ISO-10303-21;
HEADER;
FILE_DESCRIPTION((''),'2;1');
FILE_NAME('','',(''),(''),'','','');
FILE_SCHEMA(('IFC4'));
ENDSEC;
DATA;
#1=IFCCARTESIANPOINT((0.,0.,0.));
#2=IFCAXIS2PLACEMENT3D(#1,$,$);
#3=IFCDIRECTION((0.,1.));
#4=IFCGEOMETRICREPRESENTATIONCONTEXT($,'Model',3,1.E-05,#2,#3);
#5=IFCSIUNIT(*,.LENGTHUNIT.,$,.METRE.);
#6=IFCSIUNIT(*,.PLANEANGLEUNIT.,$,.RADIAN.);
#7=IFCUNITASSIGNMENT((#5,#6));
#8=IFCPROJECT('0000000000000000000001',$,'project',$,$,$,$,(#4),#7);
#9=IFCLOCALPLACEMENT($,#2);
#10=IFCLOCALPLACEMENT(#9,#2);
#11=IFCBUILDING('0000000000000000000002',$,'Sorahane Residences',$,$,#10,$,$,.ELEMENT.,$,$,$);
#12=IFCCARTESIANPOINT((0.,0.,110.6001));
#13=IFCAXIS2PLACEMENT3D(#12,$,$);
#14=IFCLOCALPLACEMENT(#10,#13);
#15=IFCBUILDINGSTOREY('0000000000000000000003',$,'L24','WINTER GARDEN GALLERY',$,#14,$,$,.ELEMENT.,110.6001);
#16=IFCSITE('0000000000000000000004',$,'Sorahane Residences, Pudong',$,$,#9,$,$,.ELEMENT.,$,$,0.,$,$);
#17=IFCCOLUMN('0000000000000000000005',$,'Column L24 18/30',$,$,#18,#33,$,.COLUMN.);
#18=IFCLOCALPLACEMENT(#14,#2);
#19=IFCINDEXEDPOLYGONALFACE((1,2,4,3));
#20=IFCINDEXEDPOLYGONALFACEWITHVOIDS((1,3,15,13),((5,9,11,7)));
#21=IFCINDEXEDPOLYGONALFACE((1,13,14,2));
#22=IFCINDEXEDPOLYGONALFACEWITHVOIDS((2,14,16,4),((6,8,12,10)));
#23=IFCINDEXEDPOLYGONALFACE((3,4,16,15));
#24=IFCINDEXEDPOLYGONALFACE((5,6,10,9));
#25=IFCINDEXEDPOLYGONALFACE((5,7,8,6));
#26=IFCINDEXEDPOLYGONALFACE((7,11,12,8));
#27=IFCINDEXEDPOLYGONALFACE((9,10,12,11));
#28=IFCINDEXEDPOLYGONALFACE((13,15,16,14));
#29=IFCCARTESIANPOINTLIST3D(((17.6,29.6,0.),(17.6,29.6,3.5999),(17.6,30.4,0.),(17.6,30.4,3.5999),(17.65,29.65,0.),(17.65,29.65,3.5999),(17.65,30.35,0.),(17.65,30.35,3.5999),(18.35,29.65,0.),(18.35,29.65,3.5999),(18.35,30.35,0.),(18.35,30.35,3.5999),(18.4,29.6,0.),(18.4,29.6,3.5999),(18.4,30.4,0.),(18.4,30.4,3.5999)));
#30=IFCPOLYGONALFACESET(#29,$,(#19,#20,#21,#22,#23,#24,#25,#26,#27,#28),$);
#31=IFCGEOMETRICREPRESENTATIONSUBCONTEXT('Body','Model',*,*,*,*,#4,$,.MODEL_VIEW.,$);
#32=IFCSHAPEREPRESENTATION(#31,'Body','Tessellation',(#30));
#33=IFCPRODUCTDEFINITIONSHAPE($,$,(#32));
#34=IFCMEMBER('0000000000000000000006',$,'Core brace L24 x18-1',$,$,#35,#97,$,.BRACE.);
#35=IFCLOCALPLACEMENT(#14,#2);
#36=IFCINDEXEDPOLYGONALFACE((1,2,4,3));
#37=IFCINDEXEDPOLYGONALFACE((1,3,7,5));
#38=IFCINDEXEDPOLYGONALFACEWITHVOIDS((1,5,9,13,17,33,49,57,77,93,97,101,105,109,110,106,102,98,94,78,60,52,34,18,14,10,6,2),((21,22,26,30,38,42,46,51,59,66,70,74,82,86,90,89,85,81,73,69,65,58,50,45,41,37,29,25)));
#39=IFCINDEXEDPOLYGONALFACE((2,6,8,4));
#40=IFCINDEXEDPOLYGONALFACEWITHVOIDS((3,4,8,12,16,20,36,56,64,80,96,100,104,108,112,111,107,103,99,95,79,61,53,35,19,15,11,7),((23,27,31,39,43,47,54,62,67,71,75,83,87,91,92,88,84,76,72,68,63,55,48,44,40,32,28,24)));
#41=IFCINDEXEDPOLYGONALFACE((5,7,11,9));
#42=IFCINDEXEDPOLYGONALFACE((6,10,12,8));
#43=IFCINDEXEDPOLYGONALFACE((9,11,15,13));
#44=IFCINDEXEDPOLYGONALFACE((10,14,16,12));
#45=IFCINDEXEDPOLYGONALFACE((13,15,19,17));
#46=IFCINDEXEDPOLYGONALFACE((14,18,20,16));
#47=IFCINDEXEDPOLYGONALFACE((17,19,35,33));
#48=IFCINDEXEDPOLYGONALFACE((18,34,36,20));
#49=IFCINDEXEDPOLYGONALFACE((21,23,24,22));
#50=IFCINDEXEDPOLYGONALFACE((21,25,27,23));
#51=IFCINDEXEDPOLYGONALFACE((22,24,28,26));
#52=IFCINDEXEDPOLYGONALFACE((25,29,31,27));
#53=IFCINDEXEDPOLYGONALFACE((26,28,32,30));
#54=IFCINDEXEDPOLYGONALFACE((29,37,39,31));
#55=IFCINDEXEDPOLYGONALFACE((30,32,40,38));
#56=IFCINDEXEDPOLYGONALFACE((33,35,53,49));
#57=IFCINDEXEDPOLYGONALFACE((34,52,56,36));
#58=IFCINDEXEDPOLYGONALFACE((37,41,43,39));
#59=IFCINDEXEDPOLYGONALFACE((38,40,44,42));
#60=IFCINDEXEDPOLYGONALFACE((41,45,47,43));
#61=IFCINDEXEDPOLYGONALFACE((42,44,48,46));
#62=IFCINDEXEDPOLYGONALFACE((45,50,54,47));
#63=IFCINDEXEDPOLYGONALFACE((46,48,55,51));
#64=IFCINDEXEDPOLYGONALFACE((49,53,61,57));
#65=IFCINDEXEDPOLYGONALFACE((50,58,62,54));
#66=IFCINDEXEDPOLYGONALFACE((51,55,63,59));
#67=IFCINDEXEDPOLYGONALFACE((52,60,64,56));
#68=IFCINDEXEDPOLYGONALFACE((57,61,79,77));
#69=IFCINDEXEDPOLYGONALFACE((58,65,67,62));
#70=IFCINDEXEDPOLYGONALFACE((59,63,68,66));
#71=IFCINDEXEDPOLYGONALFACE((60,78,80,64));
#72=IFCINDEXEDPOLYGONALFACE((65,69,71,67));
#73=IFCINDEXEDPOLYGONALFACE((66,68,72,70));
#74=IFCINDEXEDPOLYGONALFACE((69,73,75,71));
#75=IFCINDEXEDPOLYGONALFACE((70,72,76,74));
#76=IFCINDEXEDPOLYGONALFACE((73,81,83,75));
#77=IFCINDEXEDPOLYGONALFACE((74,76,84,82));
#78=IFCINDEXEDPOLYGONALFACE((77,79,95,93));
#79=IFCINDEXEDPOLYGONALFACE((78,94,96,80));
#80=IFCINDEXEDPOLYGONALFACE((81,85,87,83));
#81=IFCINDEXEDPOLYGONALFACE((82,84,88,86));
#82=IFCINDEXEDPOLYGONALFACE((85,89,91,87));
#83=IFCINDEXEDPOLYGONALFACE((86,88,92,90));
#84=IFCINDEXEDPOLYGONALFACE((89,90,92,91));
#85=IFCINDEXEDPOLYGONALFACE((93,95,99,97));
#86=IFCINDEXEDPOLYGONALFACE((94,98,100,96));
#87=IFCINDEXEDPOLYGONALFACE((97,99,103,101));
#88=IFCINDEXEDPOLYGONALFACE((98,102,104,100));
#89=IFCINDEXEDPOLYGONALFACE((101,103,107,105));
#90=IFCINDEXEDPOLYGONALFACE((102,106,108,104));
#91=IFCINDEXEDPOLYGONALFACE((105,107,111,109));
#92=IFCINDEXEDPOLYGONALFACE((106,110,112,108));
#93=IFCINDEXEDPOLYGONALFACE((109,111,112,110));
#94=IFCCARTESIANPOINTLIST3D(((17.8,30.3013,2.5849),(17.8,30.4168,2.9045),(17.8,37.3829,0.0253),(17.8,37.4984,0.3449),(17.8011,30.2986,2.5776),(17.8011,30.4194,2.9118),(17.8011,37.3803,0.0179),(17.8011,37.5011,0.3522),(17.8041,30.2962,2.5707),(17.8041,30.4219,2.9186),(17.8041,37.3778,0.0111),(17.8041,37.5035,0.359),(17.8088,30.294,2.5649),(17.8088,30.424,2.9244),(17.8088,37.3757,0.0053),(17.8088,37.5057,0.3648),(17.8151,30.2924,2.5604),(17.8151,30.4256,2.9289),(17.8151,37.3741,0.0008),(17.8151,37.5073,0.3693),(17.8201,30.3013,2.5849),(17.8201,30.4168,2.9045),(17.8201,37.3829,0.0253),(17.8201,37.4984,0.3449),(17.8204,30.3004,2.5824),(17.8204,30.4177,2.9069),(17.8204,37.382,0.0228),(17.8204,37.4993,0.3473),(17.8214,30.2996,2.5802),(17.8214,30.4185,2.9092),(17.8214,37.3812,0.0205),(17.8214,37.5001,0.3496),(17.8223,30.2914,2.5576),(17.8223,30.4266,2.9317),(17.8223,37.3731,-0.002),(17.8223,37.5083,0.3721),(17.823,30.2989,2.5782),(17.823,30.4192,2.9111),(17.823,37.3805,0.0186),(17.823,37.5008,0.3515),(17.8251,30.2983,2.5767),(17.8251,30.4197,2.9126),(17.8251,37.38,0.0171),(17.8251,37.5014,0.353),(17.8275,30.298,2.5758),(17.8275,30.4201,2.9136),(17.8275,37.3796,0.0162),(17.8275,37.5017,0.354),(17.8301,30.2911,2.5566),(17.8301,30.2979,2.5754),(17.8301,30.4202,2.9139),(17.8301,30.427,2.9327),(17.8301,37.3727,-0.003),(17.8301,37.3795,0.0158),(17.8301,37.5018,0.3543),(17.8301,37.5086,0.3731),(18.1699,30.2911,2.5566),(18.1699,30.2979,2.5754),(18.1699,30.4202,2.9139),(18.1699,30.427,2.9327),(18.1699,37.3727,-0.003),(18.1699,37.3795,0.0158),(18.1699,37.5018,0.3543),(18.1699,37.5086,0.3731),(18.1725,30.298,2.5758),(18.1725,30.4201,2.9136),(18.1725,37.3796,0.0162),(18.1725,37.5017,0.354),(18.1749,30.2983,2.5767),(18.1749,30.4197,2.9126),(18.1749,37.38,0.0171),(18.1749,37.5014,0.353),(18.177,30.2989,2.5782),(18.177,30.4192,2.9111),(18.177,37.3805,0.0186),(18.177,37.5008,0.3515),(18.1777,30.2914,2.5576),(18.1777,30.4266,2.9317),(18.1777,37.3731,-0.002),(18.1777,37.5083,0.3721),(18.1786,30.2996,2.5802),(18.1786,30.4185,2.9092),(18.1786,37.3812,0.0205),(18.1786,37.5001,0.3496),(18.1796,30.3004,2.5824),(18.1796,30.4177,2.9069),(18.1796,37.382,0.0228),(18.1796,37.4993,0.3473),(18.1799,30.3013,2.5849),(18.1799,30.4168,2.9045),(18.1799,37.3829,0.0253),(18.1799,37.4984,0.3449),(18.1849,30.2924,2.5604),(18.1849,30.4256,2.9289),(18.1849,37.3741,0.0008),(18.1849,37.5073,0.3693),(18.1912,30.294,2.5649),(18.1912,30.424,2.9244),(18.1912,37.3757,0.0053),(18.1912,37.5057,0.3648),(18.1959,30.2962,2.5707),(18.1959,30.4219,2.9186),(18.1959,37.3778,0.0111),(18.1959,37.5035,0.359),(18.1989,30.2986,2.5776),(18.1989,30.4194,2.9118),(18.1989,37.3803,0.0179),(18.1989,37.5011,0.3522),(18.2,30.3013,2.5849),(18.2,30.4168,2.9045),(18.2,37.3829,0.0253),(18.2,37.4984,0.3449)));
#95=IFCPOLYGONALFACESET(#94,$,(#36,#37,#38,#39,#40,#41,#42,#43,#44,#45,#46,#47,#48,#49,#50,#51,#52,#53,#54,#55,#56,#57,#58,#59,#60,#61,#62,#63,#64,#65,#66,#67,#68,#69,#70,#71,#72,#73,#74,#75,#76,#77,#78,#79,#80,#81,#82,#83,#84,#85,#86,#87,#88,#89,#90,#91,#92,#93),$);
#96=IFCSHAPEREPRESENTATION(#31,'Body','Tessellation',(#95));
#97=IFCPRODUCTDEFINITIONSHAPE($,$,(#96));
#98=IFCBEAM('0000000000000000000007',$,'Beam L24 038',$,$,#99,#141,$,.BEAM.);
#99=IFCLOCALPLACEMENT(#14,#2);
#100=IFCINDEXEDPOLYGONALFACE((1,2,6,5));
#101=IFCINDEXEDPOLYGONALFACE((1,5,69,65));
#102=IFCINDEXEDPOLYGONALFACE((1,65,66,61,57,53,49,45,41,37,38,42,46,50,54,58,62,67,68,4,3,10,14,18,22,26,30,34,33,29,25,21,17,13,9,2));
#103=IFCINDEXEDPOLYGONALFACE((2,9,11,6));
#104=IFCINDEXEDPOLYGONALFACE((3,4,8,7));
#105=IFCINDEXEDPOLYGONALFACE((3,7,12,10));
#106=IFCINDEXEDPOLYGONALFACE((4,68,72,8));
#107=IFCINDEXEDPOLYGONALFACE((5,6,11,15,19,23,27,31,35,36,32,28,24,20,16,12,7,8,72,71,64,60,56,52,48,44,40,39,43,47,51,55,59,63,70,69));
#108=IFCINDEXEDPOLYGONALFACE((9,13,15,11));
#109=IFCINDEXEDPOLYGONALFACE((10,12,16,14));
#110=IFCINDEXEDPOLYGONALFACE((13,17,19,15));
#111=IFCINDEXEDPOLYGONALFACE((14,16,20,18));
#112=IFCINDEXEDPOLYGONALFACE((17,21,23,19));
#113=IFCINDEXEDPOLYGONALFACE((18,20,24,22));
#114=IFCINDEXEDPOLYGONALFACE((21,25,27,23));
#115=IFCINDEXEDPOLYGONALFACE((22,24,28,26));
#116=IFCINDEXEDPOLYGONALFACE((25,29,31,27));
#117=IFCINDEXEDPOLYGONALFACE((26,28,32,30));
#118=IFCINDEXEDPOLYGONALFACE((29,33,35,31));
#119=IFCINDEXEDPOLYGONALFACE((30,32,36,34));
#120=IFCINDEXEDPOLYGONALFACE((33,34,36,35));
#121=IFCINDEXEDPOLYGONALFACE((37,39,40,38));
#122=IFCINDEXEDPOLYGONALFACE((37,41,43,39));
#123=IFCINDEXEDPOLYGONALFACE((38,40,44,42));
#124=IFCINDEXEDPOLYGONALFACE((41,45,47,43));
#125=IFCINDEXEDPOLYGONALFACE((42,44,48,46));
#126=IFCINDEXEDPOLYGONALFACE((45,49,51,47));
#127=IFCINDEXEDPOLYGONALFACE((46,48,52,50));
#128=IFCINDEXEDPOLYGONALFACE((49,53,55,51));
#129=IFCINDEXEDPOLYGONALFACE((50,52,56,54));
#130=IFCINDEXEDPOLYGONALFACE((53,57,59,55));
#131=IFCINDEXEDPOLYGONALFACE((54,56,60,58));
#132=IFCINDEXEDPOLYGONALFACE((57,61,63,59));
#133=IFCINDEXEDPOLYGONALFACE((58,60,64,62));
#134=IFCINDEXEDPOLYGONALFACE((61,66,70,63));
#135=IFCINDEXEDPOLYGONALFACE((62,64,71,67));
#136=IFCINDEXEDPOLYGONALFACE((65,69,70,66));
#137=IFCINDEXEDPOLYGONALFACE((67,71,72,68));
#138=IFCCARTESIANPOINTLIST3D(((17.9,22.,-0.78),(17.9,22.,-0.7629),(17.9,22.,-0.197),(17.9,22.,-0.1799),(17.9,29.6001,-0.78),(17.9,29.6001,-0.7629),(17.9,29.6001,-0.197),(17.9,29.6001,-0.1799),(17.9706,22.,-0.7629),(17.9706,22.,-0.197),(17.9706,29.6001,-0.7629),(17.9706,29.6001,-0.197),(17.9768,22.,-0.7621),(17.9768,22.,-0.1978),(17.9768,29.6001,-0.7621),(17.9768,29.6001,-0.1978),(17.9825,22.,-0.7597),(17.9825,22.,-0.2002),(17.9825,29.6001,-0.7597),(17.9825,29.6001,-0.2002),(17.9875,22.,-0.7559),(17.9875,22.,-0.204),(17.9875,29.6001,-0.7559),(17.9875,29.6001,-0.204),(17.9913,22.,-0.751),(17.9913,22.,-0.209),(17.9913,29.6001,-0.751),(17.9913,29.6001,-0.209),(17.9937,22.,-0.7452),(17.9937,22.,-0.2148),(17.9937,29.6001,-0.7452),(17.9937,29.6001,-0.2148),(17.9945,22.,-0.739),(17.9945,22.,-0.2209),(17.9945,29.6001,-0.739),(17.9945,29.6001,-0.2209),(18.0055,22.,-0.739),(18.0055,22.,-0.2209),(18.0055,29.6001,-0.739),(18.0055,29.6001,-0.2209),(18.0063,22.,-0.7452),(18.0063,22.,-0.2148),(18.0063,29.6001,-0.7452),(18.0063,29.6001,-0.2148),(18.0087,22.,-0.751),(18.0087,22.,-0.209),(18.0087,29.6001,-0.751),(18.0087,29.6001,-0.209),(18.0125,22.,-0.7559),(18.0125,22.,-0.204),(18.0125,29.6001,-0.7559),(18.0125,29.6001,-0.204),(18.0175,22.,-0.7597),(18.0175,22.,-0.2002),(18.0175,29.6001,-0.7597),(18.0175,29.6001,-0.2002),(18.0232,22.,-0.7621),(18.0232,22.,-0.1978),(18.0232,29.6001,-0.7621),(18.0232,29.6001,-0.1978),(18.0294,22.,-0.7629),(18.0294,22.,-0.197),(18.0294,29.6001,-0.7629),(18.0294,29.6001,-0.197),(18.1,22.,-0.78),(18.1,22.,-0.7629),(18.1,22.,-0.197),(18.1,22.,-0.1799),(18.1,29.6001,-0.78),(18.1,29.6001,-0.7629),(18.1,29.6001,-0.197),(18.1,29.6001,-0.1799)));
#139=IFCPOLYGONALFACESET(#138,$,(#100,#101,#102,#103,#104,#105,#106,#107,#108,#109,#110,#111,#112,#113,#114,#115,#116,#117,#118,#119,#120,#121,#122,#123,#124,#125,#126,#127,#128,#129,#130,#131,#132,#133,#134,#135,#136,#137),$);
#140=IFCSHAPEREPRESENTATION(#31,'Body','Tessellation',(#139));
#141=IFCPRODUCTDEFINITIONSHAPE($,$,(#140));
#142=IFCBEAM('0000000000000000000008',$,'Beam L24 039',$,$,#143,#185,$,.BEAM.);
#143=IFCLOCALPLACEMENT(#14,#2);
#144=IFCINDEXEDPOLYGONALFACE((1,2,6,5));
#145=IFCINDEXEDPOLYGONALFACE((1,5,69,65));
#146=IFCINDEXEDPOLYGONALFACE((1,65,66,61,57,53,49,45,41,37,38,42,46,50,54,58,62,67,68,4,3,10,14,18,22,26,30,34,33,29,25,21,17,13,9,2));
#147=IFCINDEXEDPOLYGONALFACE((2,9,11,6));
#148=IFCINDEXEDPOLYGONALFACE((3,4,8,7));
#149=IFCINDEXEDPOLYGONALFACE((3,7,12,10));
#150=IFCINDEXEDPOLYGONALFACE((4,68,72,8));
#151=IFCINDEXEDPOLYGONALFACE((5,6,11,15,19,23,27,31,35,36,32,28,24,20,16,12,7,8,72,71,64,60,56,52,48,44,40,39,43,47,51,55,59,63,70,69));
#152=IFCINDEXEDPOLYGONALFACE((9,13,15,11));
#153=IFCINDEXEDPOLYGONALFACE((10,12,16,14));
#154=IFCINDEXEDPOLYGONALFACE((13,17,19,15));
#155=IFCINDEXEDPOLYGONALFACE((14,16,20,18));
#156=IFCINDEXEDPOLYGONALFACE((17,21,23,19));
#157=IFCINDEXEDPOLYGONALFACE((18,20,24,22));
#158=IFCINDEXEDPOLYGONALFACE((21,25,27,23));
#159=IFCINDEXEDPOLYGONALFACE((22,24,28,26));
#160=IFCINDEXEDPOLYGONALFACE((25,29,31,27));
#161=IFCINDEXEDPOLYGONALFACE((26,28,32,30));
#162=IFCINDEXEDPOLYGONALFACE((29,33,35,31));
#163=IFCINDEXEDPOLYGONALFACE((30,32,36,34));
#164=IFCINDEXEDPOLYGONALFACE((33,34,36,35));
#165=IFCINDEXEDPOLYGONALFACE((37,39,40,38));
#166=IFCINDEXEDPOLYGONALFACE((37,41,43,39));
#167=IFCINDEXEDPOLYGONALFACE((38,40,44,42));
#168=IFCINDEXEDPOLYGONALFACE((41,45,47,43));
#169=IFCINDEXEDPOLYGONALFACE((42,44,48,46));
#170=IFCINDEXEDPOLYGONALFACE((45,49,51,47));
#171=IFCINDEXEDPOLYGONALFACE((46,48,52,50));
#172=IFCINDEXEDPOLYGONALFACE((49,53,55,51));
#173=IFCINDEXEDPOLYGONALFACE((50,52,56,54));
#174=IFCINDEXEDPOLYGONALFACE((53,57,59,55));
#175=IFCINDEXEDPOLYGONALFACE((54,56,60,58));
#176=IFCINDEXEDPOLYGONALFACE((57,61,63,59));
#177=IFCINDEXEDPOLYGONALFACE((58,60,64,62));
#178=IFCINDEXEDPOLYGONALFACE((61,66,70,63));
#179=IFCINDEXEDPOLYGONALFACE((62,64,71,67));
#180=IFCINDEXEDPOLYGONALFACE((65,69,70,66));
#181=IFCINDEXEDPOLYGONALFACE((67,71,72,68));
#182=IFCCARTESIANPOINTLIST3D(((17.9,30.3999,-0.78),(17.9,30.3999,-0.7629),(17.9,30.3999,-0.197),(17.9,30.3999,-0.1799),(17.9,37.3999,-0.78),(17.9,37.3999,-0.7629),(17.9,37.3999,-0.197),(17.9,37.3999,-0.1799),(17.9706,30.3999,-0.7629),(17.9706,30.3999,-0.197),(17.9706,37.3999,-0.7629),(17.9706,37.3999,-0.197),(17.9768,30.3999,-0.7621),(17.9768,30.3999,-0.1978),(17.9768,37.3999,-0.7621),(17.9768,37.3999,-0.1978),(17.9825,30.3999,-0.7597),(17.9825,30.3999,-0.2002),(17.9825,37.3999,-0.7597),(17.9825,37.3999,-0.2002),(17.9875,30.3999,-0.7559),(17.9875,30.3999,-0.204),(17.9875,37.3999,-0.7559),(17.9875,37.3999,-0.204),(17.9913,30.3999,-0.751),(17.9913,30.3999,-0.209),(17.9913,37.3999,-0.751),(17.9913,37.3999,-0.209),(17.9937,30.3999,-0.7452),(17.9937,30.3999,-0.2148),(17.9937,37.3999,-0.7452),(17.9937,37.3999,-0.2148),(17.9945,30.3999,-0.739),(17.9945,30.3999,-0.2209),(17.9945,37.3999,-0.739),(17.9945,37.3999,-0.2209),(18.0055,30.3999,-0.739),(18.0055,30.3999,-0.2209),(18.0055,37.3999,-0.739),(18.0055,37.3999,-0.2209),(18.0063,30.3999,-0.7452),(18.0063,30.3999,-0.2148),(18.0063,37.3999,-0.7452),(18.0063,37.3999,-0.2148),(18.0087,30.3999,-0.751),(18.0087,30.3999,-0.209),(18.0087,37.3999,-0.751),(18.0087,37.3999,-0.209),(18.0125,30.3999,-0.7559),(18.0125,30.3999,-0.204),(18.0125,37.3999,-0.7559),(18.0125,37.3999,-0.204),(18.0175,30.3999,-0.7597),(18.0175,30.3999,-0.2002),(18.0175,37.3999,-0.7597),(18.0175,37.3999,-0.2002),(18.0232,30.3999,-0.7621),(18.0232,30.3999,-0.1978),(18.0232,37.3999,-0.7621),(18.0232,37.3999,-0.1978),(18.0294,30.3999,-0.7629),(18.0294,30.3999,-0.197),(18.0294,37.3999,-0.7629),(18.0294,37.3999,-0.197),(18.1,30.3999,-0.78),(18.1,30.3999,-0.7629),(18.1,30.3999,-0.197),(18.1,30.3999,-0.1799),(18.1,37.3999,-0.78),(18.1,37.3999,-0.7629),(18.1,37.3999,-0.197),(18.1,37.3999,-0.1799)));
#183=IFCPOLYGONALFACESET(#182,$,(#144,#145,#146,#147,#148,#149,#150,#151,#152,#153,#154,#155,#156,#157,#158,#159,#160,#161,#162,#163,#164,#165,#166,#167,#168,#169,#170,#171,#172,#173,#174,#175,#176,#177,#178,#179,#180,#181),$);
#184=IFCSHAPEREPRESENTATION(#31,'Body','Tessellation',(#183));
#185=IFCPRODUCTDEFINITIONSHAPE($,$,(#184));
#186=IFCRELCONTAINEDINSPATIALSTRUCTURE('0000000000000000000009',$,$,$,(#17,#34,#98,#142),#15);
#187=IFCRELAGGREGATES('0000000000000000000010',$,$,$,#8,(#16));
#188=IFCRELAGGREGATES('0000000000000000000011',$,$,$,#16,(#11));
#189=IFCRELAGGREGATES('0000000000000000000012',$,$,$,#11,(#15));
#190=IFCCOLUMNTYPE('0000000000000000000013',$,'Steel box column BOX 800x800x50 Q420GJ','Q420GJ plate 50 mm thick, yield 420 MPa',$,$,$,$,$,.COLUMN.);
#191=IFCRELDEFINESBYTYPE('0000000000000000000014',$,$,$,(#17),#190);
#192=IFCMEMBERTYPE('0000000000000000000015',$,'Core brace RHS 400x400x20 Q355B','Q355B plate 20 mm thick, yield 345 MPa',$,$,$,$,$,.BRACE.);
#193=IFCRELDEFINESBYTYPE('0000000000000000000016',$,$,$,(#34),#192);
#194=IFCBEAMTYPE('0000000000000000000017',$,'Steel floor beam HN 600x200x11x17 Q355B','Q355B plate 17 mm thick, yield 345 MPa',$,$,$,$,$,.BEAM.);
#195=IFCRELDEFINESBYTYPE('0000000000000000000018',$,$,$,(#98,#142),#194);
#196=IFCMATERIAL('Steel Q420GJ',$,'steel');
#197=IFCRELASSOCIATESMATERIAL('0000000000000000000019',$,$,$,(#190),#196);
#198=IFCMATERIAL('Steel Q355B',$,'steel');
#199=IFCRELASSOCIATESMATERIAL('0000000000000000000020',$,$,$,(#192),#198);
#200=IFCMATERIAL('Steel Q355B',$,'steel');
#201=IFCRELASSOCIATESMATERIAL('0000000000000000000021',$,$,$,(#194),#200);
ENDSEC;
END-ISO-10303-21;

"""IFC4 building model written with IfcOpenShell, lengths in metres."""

from ifc_helpers import new_model, si_unit, direction, frame, origin, origin_2d, place, context, subcontext, project, spatial, hollow_rectangle, i_section, extrude, material, material_profile, profile_set, type_object, element, save


model = new_model("IFC4")

# Units and contexts
model_context = context("Model", 3, precision=1e-05, world=origin(), true_north=direction((0.0, 1.0)))
body_context = subcontext(model_context, "Body", "Model", "MODEL_VIEW")
ifc_project = project(units=[si_unit("LENGTHUNIT", "METRE"), si_unit("PLANEANGLEUNIT", "RADIAN")], contexts=[model_context])

# Site, building, storey
site_placement = place(None, origin())
site = spatial("IfcSite", under=ifc_project, at=site_placement, Name="Sorahane Residences, Pudong", CompositionType="ELEMENT", RefElevation=0.0)
building_placement = place(site_placement, origin())
building = spatial("IfcBuilding", under=site, at=building_placement, Name="Sorahane Residences", CompositionType="ELEMENT")
storey_placement = place(building_placement, frame((0.0, 0.0, 110.6001)))
storey = spatial("IfcBuildingStorey", under=building, at=storey_placement, Name="L24", Description="WINTER GARDEN GALLERY", CompositionType="ELEMENT", Elevation=110.6001)

# Column
ifc_material_1 = material(Name="Steel Q420GJ", Category="steel")
ifc_material_profile_1 = material_profile(ifc_material_1, hollow_rectangle(XDim=0.8, YDim=0.8, WallThickness=0.05, at=origin_2d()), Name="BOX 800x800x50")
ifc_profile_set_1 = profile_set([ifc_material_profile_1], Name="Steel Q420GJ")
column_type = type_object("IfcColumnType", Name="Steel box column BOX 800x800x50 Q420GJ", Description="Q420GJ plate 50 mm thick, yield 420 MPa", PredefinedType="COLUMN", material=ifc_profile_set_1)
column_placement = place(storey_placement, frame((18.0, 30.0, 0.0), z_axis=(0.0, 0.0, 1.0), x_axis=(1.0, 0.0, 0.0)))
element("IfcColumn", 1, at=column_placement, inside=storey, type_object=column_type, Name="Column L24 18/30", PredefinedType="COLUMN", context=body_context, shape_type="SweptSolid", body=[
    extrude(hollow_rectangle(XDim=0.8, YDim=0.8, WallThickness=0.05, at=origin_2d()), origin(), (0.0, 0.0, 1.0), 3.5999),
])

# Member
ifc_material_2 = material(Name="Steel Q355B", Category="steel")
ifc_material_profile_2 = material_profile(ifc_material_2, hollow_rectangle(XDim=0.3999, YDim=0.3999, WallThickness=0.02, InnerFilletRadius=0.01, OuterFilletRadius=0.03, at=origin_2d()), Name="RHS 400x400x20")
ifc_profile_set_2 = profile_set([ifc_material_profile_2], Name="Steel Q355B")
member_type = type_object("IfcMemberType", Name="Core brace RHS 400x400x20 Q355B", Description="Q355B plate 20 mm thick, yield 345 MPa", PredefinedType="BRACE", material=ifc_profile_set_2)
member_placement = place(storey_placement, frame((18.0, 37.4407, 0.1851), z_axis=(0.0, -0.940454, 0.33992), x_axis=(1.0, 0.0, 0.0)))
element("IfcMember", 2, at=member_placement, inside=storey, type_object=member_type, Name="Core brace L24 x18-1", PredefinedType="BRACE", context=body_context, shape_type="SweptSolid", body=[
    extrude(hollow_rectangle(XDim=0.3999, YDim=0.3999, WallThickness=0.02, InnerFilletRadius=0.01, OuterFilletRadius=0.03, at=origin_2d()), origin(), (0.0, 0.0, 1.0), 7.53),
])

# Beams
ifc_material_3 = material(Name="Steel Q355B", Category="steel")
ifc_material_profile_3 = material_profile(ifc_material_3, i_section(OverallWidth=0.2, OverallDepth=0.6001, WebThickness=0.011, FlangeThickness=0.0171, FilletRadius=0.0239, at=origin_2d()), Name="HN 600x200x11x17")
ifc_profile_set_3 = profile_set([ifc_material_profile_3], Name="Steel Q355B")
beam_type = type_object("IfcBeamType", Name="Steel floor beam HN 600x200x11x17 Q355B", Description="Q355B plate 17 mm thick, yield 345 MPa", PredefinedType="BEAM", material=ifc_profile_set_3)
beam_1_placement = place(storey_placement, frame((18.0, 22.0, -0.48), z_axis=(0.0, 1.0, 0.0), x_axis=(-1.0, 0.0, 0.0)))
element("IfcBeam", 3, at=beam_1_placement, inside=storey, type_object=beam_type, Name="Beam L24 038", PredefinedType="BEAM", context=body_context, shape_type="SweptSolid", body=[
    extrude(i_section(OverallWidth=0.2, OverallDepth=0.6001, WebThickness=0.011, FlangeThickness=0.0171, FilletRadius=0.0239, at=origin_2d()), origin(), (0.0, 0.0, 1.0), 7.6001),
])
beam_2_placement = place(storey_placement, frame((18.0, 30.3999, -0.48), z_axis=(0.0, 1.0, 0.0), x_axis=(-1.0, 0.0, 0.0)))
element("IfcBeam", 4, at=beam_2_placement, inside=storey, type_object=beam_type, Name="Beam L24 039", PredefinedType="BEAM", context=body_context, shape_type="SweptSolid", body=[
    extrude(i_section(OverallWidth=0.2, OverallDepth=0.6001, WebThickness=0.011, FlangeThickness=0.0171, FilletRadius=0.0239, at=origin_2d()), origin(), (0.0, 0.0, 1.0), 7.0),
])

save(model, "model.ifc")
